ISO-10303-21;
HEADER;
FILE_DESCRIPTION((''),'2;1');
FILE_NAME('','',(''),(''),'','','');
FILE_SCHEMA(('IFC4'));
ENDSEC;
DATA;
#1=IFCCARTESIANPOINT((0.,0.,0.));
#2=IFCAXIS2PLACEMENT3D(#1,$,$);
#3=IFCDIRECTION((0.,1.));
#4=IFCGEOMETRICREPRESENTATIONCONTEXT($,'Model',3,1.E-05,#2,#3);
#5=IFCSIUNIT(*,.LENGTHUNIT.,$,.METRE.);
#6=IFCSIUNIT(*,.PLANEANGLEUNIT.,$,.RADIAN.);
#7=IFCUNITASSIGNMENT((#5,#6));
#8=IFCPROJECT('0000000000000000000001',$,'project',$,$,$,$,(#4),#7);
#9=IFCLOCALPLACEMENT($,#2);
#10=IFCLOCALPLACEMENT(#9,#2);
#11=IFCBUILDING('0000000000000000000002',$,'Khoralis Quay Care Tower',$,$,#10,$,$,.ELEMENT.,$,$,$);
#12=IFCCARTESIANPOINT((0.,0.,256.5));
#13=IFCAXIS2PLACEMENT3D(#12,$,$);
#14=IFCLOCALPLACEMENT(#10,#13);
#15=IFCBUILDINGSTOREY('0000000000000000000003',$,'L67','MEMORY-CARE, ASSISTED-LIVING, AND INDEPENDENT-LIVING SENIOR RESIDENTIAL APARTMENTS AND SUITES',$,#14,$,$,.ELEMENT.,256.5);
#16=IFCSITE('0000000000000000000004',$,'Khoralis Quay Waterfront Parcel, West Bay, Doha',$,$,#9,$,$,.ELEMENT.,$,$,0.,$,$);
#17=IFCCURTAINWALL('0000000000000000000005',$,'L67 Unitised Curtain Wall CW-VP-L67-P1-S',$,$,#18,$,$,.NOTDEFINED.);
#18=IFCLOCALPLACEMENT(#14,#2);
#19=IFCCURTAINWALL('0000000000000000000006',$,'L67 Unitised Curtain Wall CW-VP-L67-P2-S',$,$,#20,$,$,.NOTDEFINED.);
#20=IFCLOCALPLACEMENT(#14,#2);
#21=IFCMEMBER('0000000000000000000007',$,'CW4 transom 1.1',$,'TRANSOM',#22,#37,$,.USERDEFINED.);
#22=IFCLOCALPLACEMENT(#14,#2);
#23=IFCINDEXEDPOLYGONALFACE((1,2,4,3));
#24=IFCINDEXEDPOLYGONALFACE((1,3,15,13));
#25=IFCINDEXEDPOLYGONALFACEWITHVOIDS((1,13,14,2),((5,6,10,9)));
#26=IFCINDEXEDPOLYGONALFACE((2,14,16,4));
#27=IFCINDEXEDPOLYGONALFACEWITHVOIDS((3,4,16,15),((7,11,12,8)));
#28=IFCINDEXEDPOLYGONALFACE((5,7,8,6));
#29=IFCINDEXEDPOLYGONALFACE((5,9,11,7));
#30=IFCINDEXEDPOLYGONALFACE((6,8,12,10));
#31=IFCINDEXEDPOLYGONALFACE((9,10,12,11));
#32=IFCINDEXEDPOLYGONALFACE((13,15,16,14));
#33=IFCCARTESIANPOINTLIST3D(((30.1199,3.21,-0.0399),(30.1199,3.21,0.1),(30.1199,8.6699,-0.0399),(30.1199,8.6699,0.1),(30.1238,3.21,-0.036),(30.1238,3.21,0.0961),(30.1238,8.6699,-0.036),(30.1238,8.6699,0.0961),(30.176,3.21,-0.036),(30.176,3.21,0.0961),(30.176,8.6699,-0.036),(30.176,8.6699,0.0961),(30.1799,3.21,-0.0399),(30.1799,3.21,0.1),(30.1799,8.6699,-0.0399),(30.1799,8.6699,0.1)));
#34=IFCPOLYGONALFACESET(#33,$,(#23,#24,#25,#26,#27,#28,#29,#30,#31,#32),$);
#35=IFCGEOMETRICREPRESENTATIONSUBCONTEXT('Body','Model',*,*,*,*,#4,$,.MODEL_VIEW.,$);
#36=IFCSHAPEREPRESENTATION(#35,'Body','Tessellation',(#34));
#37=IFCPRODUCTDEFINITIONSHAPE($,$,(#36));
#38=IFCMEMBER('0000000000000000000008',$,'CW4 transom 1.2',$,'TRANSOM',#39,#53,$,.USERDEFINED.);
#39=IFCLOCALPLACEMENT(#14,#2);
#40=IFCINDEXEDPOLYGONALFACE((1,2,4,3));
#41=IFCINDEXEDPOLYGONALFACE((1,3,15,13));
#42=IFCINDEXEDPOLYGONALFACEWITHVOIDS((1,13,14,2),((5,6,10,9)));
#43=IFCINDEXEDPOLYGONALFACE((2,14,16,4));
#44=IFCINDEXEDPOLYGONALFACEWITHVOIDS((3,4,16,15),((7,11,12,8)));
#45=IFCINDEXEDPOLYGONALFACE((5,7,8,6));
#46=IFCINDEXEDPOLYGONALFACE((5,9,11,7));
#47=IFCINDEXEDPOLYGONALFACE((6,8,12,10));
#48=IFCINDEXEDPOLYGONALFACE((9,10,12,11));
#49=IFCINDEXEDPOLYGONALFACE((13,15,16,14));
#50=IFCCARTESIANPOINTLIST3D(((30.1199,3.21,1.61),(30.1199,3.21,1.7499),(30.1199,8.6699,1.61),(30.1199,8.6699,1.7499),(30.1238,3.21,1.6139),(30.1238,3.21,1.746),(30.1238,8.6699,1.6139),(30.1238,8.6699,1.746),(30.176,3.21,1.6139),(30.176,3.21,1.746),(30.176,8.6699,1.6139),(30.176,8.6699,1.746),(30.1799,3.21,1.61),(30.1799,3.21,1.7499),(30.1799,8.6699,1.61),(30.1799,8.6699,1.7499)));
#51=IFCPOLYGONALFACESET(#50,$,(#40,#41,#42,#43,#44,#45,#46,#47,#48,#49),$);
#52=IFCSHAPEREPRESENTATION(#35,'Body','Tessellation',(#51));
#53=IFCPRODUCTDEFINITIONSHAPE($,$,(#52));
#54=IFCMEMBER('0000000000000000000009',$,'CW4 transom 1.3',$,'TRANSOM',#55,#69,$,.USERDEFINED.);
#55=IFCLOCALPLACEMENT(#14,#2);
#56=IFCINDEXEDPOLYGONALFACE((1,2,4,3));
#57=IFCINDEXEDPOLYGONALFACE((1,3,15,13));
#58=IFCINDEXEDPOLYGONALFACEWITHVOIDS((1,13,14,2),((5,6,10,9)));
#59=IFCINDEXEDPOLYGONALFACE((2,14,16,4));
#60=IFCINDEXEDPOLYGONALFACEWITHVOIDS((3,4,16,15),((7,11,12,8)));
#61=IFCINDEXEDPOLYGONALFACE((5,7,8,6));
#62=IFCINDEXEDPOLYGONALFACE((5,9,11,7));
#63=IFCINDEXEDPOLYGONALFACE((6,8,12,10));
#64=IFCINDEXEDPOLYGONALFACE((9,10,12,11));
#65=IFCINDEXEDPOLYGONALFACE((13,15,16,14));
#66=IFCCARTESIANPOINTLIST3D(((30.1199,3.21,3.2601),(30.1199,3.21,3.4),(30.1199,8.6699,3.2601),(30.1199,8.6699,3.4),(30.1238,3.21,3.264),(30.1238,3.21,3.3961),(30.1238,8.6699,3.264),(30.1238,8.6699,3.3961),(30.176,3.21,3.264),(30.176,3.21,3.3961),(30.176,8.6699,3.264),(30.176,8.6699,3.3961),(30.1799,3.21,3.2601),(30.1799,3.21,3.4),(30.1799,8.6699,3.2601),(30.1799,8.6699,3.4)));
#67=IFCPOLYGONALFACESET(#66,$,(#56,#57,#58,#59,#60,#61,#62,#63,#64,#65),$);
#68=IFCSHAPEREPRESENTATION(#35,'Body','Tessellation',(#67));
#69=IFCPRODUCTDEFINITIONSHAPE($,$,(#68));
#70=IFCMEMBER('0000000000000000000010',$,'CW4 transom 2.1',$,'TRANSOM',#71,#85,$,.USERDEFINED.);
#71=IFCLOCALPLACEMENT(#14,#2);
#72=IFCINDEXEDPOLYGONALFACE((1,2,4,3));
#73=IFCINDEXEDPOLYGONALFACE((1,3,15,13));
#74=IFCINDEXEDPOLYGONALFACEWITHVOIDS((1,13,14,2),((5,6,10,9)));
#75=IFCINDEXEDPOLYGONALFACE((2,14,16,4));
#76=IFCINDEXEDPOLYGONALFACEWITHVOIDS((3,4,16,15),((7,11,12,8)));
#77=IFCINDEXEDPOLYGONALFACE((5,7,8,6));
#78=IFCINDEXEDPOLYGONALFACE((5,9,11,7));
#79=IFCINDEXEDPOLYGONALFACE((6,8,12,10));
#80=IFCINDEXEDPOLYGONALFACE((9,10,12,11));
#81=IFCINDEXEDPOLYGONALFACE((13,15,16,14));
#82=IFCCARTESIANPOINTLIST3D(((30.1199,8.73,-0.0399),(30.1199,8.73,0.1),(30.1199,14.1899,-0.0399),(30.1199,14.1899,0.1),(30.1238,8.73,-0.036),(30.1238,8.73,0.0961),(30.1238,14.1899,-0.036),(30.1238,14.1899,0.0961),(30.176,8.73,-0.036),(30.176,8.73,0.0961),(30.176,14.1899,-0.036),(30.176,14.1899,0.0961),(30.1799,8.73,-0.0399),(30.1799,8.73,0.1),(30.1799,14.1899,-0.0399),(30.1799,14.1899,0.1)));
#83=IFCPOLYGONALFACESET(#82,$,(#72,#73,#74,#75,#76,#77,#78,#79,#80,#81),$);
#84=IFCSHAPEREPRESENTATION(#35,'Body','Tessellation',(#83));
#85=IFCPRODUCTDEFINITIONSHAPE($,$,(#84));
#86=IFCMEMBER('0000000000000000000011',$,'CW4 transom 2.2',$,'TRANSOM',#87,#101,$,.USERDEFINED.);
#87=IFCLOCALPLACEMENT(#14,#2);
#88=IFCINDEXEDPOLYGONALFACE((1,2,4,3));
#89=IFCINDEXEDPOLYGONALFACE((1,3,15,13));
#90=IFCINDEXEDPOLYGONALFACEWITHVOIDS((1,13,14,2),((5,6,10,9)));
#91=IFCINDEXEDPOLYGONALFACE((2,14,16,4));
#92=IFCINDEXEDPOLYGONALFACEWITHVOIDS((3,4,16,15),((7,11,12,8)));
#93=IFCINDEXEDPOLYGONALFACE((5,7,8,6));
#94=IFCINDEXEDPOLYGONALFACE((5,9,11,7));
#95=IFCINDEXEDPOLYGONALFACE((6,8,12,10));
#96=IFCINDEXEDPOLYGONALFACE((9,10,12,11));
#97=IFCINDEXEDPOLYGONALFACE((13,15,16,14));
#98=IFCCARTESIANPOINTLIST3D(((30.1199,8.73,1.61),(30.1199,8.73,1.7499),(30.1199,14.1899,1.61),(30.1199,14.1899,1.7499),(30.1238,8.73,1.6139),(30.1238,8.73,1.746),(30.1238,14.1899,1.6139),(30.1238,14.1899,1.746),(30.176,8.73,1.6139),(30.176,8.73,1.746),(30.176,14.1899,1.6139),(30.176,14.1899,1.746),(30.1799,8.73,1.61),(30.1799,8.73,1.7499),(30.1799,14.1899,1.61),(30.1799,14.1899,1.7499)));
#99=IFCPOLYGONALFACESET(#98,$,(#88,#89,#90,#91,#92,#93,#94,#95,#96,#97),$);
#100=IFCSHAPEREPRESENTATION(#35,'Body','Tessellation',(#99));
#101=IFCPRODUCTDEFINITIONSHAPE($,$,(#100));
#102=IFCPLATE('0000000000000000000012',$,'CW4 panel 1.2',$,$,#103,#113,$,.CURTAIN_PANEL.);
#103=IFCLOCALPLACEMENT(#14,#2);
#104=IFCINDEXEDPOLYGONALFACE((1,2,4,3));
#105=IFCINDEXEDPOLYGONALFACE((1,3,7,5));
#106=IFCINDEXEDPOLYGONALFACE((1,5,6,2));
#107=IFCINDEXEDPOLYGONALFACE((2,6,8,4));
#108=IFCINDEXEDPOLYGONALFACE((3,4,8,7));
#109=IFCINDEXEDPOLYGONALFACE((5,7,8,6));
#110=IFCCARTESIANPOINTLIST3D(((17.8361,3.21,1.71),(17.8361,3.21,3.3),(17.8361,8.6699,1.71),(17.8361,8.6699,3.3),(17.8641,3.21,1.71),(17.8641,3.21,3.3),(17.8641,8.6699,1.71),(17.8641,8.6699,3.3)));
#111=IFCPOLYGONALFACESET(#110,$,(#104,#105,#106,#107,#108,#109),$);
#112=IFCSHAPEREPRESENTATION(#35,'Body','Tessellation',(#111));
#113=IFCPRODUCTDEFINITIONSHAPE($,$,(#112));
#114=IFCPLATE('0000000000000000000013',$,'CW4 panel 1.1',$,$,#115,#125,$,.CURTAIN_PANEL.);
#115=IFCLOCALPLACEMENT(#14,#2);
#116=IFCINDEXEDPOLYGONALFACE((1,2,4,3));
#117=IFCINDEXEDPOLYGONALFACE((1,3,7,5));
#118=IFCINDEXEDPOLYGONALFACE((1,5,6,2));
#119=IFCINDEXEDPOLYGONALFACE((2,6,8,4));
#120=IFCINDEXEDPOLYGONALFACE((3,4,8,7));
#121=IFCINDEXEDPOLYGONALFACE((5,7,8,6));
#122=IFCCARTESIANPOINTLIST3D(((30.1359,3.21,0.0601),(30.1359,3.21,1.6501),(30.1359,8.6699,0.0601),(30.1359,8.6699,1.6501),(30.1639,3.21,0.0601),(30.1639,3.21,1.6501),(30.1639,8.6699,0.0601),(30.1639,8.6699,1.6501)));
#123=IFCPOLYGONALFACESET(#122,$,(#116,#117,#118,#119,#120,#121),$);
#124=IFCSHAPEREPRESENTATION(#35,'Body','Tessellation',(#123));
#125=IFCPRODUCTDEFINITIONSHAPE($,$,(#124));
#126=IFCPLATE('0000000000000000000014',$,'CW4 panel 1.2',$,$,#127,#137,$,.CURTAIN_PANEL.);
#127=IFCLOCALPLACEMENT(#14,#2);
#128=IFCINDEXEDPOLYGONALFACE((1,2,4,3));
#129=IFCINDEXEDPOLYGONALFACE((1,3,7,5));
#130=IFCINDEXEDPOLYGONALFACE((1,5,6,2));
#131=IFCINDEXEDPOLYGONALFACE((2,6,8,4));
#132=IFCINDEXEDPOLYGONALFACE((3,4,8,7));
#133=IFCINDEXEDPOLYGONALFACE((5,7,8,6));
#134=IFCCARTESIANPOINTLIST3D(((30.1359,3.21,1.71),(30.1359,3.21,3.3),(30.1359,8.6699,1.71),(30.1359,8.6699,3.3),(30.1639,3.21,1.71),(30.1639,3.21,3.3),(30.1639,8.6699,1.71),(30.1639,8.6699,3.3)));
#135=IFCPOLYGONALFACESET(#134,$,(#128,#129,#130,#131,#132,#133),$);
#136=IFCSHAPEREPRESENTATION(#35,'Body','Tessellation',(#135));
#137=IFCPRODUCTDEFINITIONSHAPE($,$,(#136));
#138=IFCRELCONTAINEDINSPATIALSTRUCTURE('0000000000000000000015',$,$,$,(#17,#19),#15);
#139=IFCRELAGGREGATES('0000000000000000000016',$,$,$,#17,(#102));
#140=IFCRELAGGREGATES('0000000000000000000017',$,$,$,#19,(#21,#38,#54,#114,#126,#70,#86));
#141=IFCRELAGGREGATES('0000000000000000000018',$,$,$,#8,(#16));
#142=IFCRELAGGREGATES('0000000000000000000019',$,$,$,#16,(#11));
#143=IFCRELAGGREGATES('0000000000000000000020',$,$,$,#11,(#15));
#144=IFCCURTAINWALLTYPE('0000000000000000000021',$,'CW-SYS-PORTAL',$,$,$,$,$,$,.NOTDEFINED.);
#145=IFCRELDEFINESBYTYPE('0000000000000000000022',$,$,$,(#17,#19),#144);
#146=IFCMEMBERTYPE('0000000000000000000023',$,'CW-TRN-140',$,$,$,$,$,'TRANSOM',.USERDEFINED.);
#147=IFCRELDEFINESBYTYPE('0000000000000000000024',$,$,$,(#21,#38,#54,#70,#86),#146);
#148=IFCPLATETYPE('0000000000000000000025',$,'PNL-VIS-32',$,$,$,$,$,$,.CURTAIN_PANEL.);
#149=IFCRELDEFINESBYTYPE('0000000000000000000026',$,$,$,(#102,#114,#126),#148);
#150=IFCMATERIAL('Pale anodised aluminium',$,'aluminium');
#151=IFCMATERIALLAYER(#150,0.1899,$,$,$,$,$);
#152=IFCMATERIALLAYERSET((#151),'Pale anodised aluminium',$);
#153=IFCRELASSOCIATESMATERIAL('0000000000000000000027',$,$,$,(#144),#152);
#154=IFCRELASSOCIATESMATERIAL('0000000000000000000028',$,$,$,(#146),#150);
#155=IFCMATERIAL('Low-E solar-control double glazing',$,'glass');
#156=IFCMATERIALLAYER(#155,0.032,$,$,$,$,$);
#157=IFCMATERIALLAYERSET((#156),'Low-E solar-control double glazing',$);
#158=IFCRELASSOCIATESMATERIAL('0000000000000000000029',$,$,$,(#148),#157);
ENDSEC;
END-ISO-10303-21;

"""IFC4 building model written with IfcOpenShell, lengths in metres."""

from ifc_helpers import new_model, si_unit, direction, frame, origin, origin_2d, place, context, subcontext, project, spatial, rectangle, hollow_rectangle, extrude, source, transform, mapped, material, layer, layer_set, material_profile, profile_set, type_object, element, aggregate, save


model = new_model("IFC4")

# Units and contexts
model_context = context("Model", 3, precision=1e-05, world=origin(), true_north=direction((0.0, 1.0)))
body_context = subcontext(model_context, "Body", "Model", "MODEL_VIEW")
ifc_project = project(units=[si_unit("LENGTHUNIT", "METRE"), si_unit("PLANEANGLEUNIT", "RADIAN")], contexts=[model_context])

# Site, building, storey
site_placement = place(None, origin())
site = spatial("IfcSite", under=ifc_project, at=site_placement, Name="Khoralis Quay Waterfront Parcel, West Bay, Doha", CompositionType="ELEMENT", RefElevation=0.0)
building_placement = place(site_placement, origin())
building = spatial("IfcBuilding", under=site, at=building_placement, Name="Khoralis Quay Care Tower", CompositionType="ELEMENT")
storey_placement = place(building_placement, frame((0.0, 0.0, 256.5)))
storey = spatial("IfcBuildingStorey", under=building, at=storey_placement, Name="L67", Description="MEMORY-CARE, ASSISTED-LIVING, AND INDEPENDENT-LIVING SENIOR RESIDENTIAL APARTMENTS AND SUITES", CompositionType="ELEMENT", Elevation=256.5)

# Curtain wall
ifc_material_1 = material(Name="Pale anodised aluminium", Category="aluminium")
ifc_layer_1 = layer(ifc_material_1, 0.1899)
ifc_layer_set_1 = layer_set([ifc_layer_1], Name="Pale anodised aluminium")
curtain_wall_type = type_object("IfcCurtainWallType", Name="CW-SYS-PORTAL", PredefinedType="NOTDEFINED", material=ifc_layer_set_1)
curtain_wall_1_placement = place(storey_placement, origin())
curtain_wall_1 = element("IfcCurtainWall", 1, at=curtain_wall_1_placement, inside=storey, type_object=curtain_wall_type, Name="L67 Unitised Curtain Wall CW-VP-L67-P1-S", PredefinedType="NOTDEFINED")

# Curtain wall
curtain_wall_2_placement = place(storey_placement, origin())
curtain_wall_2 = element("IfcCurtainWall", 2, at=curtain_wall_2_placement, inside=storey, type_object=curtain_wall_type, Name="L67 Unitised Curtain Wall CW-VP-L67-P2-S", PredefinedType="NOTDEFINED")

# Members
ifc_material_profile_1 = material_profile(ifc_material_1, hollow_rectangle(XDim=0.0601, YDim=0.1399, WallThickness=0.0039, at=origin_2d()), Name="Pale anodised aluminium")
ifc_profile_set_1 = profile_set([ifc_material_profile_1], Name="Pale anodised aluminium")
member_type_1 = type_object("IfcMemberType", Name="CW-TRN-140", ElementType="TRANSOM", PredefinedType="USERDEFINED", material=ifc_profile_set_1)
shared_shape_1 = source(origin(), body_context, "Body", "SweptSolid", [
    extrude(hollow_rectangle(XDim=0.0601, YDim=0.1399, WallThickness=0.0039, at=origin_2d()), origin(), (0.0, 0.0, 1.0), 5.46),
])
member_1_placement = place(storey_placement, frame((30.1499, 3.21, 0.03), z_axis=(0.0, 1.0, 0.0), x_axis=(-1.0, 0.0, 0.0)))
member_1 = element("IfcMember", 3, at=member_1_placement, type_object=member_type_1, Name="CW4 transom 1.1", ObjectType="TRANSOM", PredefinedType="USERDEFINED", context=body_context, shape_type="MappedRepresentation", body=[
    mapped(shared_shape_1, transform((0.0, 0.0, 0.0), scale=1.0)),
])
member_2_placement = place(storey_placement, frame((30.1499, 3.21, 1.6799), z_axis=(0.0, 1.0, 0.0), x_axis=(-1.0, 0.0, 0.0)))
member_2 = element("IfcMember", 4, at=member_2_placement, type_object=member_type_1, Name="CW4 transom 1.2", ObjectType="TRANSOM", PredefinedType="USERDEFINED", context=body_context, shape_type="MappedRepresentation", body=[
    mapped(shared_shape_1, transform((0.0, 0.0, 0.0), scale=1.0)),
])
member_3_placement = place(storey_placement, frame((30.1499, 3.21, 3.3301), z_axis=(0.0, 1.0, 0.0), x_axis=(-1.0, 0.0, 0.0)))
member_3 = element("IfcMember", 5, at=member_3_placement, type_object=member_type_1, Name="CW4 transom 1.3", ObjectType="TRANSOM", PredefinedType="USERDEFINED", context=body_context, shape_type="MappedRepresentation", body=[
    mapped(shared_shape_1, transform((0.0, 0.0, 0.0), scale=1.0)),
])
member_4_placement = place(storey_placement, frame((30.1499, 8.73, 0.03), z_axis=(0.0, 1.0, 0.0), x_axis=(-1.0, 0.0, 0.0)))
member_4 = element("IfcMember", 6, at=member_4_placement, type_object=member_type_1, Name="CW4 transom 2.1", ObjectType="TRANSOM", PredefinedType="USERDEFINED", context=body_context, shape_type="MappedRepresentation", body=[
    mapped(shared_shape_1, transform((0.0, 0.0, 0.0), scale=1.0)),
])
member_5_placement = place(storey_placement, frame((30.1499, 8.73, 1.6799), z_axis=(0.0, 1.0, 0.0), x_axis=(-1.0, 0.0, 0.0)))
member_5 = element("IfcMember", 7, at=member_5_placement, type_object=member_type_1, Name="CW4 transom 2.2", ObjectType="TRANSOM", PredefinedType="USERDEFINED", context=body_context, shape_type="MappedRepresentation", body=[
    mapped(shared_shape_1, transform((0.0, 0.0, 0.0), scale=1.0)),
])

# Plates
ifc_material_2 = material(Name="Low-E solar-control double glazing", Category="glass")
ifc_layer_2 = layer(ifc_material_2, 0.032)
ifc_layer_set_2 = layer_set([ifc_layer_2], Name="Low-E solar-control double glazing")
plate_type = type_object("IfcPlateType", Name="PNL-VIS-32", PredefinedType="CURTAIN_PANEL", material=ifc_layer_set_2)
shared_shape_2 = source(origin(), body_context, "Body", "SweptSolid", [
    extrude(rectangle(XDim=5.46, YDim=0.0281, at=origin_2d()), origin(), (0.0, 0.0, 1.0), 1.5901),
])
plate_1_placement = place(storey_placement, frame((17.8501, 5.9399, 1.71), z_axis=(0.0, 0.0, 1.0), x_axis=(0.0, 1.0, 0.0)))
plate_1 = element("IfcPlate", 8, at=plate_1_placement, type_object=plate_type, Name="CW4 panel 1.2", PredefinedType="CURTAIN_PANEL", context=body_context, shape_type="MappedRepresentation", body=[
    mapped(shared_shape_2, transform((0.0, 0.0, 0.0), scale=1.0)),
])
aggregate(curtain_wall_1, [plate_1])
plate_2_placement = place(storey_placement, frame((30.1499, 5.9399, 0.0601), z_axis=(0.0, 0.0, 1.0), x_axis=(0.0, 1.0, 0.0)))
plate_2 = element("IfcPlate", 9, at=plate_2_placement, type_object=plate_type, Name="CW4 panel 1.1", PredefinedType="CURTAIN_PANEL", context=body_context, shape_type="MappedRepresentation", body=[
    mapped(shared_shape_2, transform((0.0, 0.0, 0.0), scale=1.0)),
])
plate_3_placement = place(storey_placement, frame((30.1499, 5.9399, 1.71), z_axis=(0.0, 0.0, 1.0), x_axis=(0.0, 1.0, 0.0)))
plate_3 = element("IfcPlate", 10, at=plate_3_placement, type_object=plate_type, Name="CW4 panel 1.2", PredefinedType="CURTAIN_PANEL", context=body_context, shape_type="MappedRepresentation", body=[
    mapped(shared_shape_2, transform((0.0, 0.0, 0.0), scale=1.0)),
])
aggregate(curtain_wall_2, [member_1, member_2, member_3, plate_2, plate_3, member_4, member_5])

save(model, "model.ifc")
